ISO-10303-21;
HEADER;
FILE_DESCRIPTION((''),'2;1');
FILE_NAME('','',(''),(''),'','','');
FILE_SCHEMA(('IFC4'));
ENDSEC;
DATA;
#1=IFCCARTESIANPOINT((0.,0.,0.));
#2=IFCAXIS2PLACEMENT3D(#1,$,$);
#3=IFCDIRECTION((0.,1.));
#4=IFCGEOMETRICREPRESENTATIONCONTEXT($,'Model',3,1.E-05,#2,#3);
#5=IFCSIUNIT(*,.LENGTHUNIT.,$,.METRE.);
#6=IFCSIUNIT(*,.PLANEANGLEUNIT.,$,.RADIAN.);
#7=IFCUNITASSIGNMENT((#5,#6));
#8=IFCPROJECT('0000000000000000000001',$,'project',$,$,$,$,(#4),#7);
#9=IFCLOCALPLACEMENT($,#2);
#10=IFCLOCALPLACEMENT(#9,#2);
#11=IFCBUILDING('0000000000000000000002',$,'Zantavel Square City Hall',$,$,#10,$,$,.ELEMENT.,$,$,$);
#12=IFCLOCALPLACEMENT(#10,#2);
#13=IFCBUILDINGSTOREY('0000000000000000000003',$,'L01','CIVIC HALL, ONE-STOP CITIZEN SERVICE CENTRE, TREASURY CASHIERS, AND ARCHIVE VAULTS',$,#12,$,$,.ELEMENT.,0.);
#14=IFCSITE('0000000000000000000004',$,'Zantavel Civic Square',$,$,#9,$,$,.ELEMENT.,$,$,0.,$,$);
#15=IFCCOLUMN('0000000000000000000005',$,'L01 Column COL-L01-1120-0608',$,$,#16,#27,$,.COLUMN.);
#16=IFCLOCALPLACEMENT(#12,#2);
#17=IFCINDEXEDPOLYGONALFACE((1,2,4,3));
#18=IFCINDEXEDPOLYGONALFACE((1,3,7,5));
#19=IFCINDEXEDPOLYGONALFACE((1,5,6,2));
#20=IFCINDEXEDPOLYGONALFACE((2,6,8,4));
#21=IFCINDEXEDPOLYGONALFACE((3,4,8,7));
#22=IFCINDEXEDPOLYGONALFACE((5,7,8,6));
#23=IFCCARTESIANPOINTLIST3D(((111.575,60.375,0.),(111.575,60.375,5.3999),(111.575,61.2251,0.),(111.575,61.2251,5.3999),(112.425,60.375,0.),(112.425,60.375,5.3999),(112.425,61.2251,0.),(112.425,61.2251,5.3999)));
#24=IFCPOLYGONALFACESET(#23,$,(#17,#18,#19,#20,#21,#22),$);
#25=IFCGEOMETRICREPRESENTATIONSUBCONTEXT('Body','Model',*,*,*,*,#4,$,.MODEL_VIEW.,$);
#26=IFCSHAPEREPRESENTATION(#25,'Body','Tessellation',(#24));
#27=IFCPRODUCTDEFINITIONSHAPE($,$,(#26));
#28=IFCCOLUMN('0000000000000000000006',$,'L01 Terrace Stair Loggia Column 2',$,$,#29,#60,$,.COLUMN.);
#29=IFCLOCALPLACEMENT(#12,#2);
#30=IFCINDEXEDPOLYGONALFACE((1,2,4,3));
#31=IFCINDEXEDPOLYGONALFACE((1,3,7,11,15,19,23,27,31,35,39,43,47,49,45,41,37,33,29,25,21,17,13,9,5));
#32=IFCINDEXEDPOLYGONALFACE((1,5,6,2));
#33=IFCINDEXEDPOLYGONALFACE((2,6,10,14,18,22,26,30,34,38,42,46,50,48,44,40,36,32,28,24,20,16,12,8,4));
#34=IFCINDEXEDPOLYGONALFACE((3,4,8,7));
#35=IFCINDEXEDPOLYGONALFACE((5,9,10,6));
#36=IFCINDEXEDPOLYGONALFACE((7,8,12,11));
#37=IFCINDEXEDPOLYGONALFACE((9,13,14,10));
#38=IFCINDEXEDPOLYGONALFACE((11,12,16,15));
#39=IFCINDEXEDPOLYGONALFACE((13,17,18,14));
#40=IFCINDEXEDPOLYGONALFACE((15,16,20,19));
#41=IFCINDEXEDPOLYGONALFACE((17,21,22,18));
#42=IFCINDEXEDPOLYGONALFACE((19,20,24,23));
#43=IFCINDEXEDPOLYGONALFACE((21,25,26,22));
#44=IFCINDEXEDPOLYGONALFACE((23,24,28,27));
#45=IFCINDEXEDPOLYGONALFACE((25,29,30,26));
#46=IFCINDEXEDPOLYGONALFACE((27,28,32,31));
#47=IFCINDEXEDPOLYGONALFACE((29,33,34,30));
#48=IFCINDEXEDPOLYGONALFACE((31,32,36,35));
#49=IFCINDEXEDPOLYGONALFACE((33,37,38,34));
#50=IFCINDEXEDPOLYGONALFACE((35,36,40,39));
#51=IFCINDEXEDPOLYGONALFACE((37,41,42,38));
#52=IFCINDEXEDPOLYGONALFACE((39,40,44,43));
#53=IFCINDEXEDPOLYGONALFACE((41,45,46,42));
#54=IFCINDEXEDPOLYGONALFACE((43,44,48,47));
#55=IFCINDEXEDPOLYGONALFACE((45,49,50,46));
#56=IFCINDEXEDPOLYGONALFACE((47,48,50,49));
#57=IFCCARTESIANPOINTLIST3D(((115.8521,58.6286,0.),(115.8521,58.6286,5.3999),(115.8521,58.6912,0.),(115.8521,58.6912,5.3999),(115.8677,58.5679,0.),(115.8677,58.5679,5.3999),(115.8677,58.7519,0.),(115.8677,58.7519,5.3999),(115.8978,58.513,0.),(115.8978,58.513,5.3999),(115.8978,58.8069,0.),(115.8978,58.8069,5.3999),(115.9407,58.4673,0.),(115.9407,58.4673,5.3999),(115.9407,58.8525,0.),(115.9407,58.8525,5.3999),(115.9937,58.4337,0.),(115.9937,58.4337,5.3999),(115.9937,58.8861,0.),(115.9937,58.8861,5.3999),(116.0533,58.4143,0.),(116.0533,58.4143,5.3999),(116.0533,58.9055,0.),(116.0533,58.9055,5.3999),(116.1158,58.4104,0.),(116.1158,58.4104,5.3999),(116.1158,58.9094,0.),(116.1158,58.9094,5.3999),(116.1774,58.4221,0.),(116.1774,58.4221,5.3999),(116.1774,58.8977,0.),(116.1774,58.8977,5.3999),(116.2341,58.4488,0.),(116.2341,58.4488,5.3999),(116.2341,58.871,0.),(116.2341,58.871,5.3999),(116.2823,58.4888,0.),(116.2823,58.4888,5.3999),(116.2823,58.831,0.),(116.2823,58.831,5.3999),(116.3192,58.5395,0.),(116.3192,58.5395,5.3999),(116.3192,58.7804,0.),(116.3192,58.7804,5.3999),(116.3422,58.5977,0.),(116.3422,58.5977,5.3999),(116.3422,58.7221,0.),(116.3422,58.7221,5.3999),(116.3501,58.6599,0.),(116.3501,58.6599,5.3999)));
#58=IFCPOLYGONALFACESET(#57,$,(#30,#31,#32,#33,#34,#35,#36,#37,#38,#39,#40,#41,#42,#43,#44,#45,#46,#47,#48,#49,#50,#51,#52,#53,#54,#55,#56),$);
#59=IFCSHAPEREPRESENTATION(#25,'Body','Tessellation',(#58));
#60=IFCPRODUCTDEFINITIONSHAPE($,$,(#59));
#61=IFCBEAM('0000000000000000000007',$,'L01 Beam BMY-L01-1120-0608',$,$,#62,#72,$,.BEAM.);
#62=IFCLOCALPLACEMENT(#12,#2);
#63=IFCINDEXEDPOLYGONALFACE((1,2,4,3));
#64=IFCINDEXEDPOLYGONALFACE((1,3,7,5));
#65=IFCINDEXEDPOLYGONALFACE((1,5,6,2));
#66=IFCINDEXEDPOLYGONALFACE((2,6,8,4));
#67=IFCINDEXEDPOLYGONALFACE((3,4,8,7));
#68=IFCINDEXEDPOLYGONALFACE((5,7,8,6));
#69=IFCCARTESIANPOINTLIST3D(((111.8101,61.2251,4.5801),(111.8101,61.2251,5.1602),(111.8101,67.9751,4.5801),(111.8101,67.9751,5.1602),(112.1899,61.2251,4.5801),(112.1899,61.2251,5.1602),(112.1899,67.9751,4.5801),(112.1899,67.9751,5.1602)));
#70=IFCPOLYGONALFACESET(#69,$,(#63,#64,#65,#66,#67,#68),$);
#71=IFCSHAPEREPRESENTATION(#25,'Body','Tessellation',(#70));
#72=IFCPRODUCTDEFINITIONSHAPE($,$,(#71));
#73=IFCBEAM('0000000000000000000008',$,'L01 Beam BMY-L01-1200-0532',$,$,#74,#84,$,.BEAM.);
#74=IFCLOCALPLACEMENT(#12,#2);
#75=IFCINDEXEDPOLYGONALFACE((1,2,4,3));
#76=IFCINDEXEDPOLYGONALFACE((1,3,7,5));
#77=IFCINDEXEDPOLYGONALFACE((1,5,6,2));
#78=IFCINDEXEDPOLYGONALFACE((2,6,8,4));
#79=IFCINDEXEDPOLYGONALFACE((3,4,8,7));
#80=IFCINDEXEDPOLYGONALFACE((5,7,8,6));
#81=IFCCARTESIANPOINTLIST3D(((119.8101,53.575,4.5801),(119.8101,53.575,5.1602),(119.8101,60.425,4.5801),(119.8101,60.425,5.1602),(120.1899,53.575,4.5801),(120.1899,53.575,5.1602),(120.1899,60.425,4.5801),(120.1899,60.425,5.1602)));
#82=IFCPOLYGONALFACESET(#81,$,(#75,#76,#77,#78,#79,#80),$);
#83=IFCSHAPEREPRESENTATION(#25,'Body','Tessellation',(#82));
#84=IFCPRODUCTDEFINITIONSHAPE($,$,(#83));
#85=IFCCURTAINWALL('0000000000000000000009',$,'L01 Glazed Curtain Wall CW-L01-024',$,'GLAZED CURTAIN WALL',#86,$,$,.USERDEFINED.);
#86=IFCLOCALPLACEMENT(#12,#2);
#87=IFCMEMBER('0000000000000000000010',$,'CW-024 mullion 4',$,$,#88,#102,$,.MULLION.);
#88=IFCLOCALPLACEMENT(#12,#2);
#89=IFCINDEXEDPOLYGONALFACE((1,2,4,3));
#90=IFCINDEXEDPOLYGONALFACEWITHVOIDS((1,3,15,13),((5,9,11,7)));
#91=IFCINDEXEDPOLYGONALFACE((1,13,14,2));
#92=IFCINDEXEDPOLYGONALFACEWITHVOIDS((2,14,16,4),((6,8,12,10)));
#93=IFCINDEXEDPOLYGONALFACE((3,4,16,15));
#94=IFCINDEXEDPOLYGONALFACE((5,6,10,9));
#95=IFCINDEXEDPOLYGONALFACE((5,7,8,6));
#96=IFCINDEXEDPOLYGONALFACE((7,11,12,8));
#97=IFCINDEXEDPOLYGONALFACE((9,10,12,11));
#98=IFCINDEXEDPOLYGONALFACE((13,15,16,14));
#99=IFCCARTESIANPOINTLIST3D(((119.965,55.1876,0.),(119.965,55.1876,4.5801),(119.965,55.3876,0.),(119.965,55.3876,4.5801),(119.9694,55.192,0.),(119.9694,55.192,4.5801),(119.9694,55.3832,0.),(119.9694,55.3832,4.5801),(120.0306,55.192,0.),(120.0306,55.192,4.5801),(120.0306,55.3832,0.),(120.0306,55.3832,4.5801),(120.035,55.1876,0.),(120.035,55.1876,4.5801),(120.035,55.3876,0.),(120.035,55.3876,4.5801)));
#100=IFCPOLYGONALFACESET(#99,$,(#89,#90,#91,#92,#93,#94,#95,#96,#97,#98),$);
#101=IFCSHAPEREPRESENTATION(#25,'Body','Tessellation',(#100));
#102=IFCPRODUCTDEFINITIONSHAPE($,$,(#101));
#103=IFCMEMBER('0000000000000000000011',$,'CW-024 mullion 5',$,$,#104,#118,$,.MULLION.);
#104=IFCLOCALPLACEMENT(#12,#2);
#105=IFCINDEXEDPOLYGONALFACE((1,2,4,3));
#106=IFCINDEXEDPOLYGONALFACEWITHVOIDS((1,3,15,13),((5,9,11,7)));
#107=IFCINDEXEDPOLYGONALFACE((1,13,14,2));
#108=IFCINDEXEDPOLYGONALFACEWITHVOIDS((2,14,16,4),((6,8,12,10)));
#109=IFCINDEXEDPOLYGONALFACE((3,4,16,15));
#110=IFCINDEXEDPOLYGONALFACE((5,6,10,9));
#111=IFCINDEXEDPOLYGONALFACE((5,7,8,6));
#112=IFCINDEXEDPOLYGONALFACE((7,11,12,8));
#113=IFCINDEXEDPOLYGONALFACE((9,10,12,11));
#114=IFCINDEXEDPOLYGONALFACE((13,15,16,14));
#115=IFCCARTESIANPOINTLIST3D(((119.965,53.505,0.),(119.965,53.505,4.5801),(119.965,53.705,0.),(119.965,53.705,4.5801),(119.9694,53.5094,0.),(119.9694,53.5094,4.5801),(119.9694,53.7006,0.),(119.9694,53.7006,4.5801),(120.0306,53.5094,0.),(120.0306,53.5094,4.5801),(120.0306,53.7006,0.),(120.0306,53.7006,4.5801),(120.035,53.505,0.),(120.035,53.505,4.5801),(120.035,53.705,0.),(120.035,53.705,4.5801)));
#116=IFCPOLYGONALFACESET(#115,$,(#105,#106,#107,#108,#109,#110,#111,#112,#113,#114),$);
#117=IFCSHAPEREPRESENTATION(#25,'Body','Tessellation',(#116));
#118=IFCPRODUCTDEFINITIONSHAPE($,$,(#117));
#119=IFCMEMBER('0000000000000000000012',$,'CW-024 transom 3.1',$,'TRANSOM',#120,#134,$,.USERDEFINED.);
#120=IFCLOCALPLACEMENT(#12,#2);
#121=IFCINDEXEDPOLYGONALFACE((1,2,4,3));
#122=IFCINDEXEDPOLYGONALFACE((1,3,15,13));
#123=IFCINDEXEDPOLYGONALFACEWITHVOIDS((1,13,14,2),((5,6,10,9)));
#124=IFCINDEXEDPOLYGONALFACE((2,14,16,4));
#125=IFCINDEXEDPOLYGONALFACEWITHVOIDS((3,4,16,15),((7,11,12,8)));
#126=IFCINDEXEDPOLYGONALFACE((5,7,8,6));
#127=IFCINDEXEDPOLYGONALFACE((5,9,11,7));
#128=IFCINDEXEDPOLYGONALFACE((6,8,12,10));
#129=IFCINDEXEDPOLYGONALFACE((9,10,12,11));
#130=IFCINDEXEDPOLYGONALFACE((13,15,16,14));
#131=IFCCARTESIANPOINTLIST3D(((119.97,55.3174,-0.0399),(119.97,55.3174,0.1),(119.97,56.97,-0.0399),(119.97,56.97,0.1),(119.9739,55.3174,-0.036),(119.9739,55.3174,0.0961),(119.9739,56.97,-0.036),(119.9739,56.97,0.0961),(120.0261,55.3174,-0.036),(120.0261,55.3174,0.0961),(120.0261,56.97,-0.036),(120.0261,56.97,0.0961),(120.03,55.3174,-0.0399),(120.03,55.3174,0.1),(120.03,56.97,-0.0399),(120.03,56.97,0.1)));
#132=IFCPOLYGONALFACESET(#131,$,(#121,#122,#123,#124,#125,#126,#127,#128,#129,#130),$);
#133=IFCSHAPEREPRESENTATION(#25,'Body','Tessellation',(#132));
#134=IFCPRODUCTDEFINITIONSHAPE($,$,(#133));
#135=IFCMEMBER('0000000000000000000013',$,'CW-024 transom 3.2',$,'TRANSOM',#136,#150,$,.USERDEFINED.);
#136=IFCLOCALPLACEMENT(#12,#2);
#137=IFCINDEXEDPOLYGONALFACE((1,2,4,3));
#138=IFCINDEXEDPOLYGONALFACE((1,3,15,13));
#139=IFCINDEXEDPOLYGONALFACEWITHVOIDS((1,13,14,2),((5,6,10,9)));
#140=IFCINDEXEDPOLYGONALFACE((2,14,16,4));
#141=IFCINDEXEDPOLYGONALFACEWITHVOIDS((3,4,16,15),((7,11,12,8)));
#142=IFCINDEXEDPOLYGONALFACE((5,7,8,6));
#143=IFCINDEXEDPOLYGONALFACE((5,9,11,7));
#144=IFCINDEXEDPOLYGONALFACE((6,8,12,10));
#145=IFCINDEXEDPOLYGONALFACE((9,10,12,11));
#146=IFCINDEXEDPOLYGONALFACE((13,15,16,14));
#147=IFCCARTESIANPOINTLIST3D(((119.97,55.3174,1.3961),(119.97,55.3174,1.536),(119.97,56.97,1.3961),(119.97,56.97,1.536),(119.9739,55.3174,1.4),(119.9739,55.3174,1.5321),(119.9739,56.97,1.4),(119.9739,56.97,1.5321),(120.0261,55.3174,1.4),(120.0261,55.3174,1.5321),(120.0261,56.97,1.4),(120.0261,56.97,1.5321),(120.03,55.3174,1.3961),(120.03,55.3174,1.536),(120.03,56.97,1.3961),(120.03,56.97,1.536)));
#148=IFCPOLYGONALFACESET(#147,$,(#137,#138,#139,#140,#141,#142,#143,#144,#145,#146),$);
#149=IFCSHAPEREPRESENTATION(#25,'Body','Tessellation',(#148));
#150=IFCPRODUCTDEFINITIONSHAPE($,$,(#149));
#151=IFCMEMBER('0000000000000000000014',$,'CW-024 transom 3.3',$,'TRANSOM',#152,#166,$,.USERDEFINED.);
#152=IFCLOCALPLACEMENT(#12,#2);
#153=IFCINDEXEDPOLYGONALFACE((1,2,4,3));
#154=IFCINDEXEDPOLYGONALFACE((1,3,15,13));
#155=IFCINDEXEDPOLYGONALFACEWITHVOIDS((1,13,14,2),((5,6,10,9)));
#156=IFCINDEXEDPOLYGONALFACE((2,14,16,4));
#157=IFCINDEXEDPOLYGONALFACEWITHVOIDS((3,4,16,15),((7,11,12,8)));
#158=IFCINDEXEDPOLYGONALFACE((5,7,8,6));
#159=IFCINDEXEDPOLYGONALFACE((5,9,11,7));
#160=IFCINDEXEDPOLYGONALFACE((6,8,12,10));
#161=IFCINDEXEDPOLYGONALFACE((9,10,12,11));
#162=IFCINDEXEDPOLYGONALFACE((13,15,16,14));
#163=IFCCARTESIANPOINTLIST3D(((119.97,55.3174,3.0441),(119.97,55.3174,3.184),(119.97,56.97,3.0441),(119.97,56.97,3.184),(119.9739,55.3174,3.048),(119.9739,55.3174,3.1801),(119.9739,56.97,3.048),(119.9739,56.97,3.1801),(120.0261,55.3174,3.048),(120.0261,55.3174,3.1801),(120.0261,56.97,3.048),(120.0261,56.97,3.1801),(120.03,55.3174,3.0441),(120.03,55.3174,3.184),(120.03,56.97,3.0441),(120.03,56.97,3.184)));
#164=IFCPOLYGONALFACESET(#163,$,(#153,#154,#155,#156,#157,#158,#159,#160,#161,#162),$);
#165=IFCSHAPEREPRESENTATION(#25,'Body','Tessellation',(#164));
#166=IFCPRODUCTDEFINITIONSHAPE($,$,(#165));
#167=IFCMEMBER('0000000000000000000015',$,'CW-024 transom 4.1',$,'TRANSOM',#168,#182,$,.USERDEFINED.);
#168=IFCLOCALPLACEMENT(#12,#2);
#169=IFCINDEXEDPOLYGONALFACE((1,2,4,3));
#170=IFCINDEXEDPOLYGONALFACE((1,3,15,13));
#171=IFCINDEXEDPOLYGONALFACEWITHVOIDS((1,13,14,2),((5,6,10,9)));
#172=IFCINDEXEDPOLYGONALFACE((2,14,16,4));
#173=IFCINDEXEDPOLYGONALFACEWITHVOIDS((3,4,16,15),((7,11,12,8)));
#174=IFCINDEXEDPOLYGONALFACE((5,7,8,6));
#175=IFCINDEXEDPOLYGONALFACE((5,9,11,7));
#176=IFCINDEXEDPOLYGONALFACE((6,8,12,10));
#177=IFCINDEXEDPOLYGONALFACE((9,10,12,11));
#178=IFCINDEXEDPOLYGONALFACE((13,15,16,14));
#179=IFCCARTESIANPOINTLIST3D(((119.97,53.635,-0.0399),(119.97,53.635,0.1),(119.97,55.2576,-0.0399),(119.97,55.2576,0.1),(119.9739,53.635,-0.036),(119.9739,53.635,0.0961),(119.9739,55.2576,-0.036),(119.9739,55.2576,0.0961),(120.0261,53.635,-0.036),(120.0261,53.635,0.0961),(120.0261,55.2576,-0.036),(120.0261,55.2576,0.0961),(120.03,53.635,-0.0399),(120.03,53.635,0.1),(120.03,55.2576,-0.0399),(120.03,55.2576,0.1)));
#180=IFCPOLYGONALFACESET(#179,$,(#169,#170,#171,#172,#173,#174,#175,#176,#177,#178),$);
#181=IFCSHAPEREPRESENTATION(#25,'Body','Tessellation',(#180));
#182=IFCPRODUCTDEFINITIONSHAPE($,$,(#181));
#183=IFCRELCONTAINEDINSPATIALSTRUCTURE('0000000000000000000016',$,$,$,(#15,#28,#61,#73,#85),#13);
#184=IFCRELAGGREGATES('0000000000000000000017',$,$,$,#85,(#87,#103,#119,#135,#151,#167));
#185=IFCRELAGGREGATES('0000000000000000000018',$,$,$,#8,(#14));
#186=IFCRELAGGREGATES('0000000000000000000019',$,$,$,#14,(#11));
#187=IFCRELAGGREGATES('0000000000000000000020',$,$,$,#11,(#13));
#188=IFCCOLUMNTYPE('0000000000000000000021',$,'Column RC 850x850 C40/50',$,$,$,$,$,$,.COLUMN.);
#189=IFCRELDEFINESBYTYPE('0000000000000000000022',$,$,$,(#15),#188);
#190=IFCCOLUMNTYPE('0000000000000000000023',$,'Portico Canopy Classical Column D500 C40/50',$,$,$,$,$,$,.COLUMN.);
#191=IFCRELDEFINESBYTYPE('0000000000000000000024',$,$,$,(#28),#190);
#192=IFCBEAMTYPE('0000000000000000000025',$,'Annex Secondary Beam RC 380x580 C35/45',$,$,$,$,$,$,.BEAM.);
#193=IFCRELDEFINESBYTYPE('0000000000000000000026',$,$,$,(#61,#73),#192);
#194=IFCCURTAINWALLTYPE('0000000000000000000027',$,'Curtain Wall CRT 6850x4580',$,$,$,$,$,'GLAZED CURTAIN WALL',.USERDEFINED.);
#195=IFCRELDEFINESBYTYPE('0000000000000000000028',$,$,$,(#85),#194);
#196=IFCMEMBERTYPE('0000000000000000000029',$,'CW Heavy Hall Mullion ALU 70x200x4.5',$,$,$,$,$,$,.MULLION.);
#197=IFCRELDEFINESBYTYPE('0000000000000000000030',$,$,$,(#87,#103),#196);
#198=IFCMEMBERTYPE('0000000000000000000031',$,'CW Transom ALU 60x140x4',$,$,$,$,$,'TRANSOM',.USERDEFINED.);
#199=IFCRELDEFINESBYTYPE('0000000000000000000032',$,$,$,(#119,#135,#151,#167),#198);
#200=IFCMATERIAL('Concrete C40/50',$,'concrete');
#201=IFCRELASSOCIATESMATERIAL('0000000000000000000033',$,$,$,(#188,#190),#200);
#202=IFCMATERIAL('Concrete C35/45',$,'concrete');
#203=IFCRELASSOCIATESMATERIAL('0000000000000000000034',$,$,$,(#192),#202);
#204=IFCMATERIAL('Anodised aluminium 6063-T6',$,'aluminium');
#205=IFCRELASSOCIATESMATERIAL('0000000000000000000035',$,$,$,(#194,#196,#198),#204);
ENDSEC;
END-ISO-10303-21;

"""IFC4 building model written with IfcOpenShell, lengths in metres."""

from ifc_helpers import new_model, si_unit, direction, frame, origin, origin_2d, place, context, subcontext, project, spatial, rectangle, hollow_rectangle, circle, extrude, material, material_profile, profile_set, type_object, element, aggregate, save


model = new_model("IFC4")

# Units and contexts
model_context = context("Model", 3, precision=1e-05, world=origin(), true_north=direction((0.0, 1.0)))
body_context = subcontext(model_context, "Body", "Model", "MODEL_VIEW")
ifc_project = project(units=[si_unit("LENGTHUNIT", "METRE"), si_unit("PLANEANGLEUNIT", "RADIAN")], contexts=[model_context])

# Site, building, storey
site_placement = place(None, origin())
site = spatial("IfcSite", under=ifc_project, at=site_placement, Name="Zantavel Civic Square", CompositionType="ELEMENT", RefElevation=0.0)
building_placement = place(site_placement, origin())
building = spatial("IfcBuilding", under=site, at=building_placement, Name="Zantavel Square City Hall", CompositionType="ELEMENT")
storey_placement = place(building_placement, origin())
storey = spatial("IfcBuildingStorey", under=building, at=storey_placement, Name="L01", Description="CIVIC HALL, ONE-STOP CITIZEN SERVICE CENTRE, TREASURY CASHIERS, AND ARCHIVE VAULTS", CompositionType="ELEMENT", Elevation=0.0)

# Columns
ifc_material_1 = material(Name="Concrete C40/50", Category="concrete")
ifc_material_profile_1 = material_profile(ifc_material_1, rectangle(XDim=0.8501, YDim=0.8501, at=origin_2d()), Name="RC 850x850")
ifc_profile_set_1 = profile_set([ifc_material_profile_1], Name="Concrete C40/50")
column_type_1 = type_object("IfcColumnType", Name="Column RC 850x850 C40/50", PredefinedType="COLUMN", material=ifc_profile_set_1)
column_1_placement = place(storey_placement, frame((112.0, 60.8, 0.0), z_axis=(0.0, 0.0, 1.0), x_axis=(1.0, 0.0, 0.0)))
element("IfcColumn", 1, at=column_1_placement, inside=storey, type_object=column_type_1, Name="L01 Column COL-L01-1120-0608", PredefinedType="COLUMN", context=body_context, shape_type="SweptSolid", body=[
    extrude(rectangle(XDim=0.8501, YDim=0.8501, at=origin_2d()), origin(), (0.0, 0.0, 1.0), 5.3999),
])
ifc_material_profile_2 = material_profile(ifc_material_1, circle(Radius=0.25, at=origin_2d()), Name="ROUND D500")
ifc_profile_set_2 = profile_set([ifc_material_profile_2], Name="Concrete C40/50")
column_type_2 = type_object("IfcColumnType", Name="Portico Canopy Classical Column D500 C40/50", PredefinedType="COLUMN", material=ifc_profile_set_2)
column_2_placement = place(storey_placement, frame((116.1001, 58.6599, 0.0), z_axis=(0.0, 0.0, 1.0), x_axis=(1.0, 0.0, 0.0)))
element("IfcColumn", 2, at=column_2_placement, inside=storey, type_object=column_type_2, Name="L01 Terrace Stair Loggia Column 2", PredefinedType="COLUMN", context=body_context, shape_type="SweptSolid", body=[
    extrude(circle(Radius=0.25, at=origin_2d()), origin(), (0.0, 0.0, 1.0), 5.3999),
])

# Beams
ifc_material_2 = material(Name="Concrete C35/45", Category="concrete")
ifc_material_profile_3 = material_profile(ifc_material_2, rectangle(XDim=0.3799, YDim=0.5801, at=origin_2d()), Name="RC 380x580")
ifc_profile_set_3 = profile_set([ifc_material_profile_3], Name="Concrete C35/45")
beam_type_1 = type_object("IfcBeamType", Name="Annex Secondary Beam RC 380x580 C35/45", PredefinedType="BEAM", material=ifc_profile_set_3)
beam_1_placement = place(storey_placement, frame((112.0, 61.2251, 4.8701), z_axis=(0.0, 1.0, 0.0), x_axis=(-1.0, 0.0, 0.0)))
element("IfcBeam", 3, at=beam_1_placement, inside=storey, type_object=beam_type_1, Name="L01 Beam BMY-L01-1120-0608", PredefinedType="BEAM", context=body_context, shape_type="SweptSolid", body=[
    extrude(rectangle(XDim=0.3799, YDim=0.5801, at=origin_2d()), origin(), (0.0, 0.0, 1.0), 6.75),
])
beam_2_placement = place(storey_placement, frame((120.0, 53.575, 4.8701), z_axis=(0.0, 1.0, 0.0), x_axis=(-1.0, 0.0, 0.0)))
element("IfcBeam", 4, at=beam_2_placement, inside=storey, type_object=beam_type_1, Name="L01 Beam BMY-L01-1200-0532", PredefinedType="BEAM", context=body_context, shape_type="SweptSolid", body=[
    extrude(rectangle(XDim=0.3799, YDim=0.5801, at=origin_2d()), origin(), (0.0, 0.0, 1.0), 6.8501),
])

# Curtain wall, members
ifc_material_3 = material(Name="Anodised aluminium 6063-T6", Category="aluminium")
curtain_wall_type = type_object("IfcCurtainWallType", Name="Curtain Wall CRT 6850x4580", ElementType="GLAZED CURTAIN WALL", PredefinedType="USERDEFINED", material=ifc_material_3)
curtain_wall_placement = place(storey_placement, origin())
curtain_wall = element("IfcCurtainWall", 5, at=curtain_wall_placement, inside=storey, type_object=curtain_wall_type, Name="L01 Glazed Curtain Wall CW-L01-024", ObjectType="GLAZED CURTAIN WALL", PredefinedType="USERDEFINED")
ifc_material_profile_4 = material_profile(ifc_material_3, hollow_rectangle(XDim=0.0701, YDim=0.2, WallThickness=0.0044, at=origin_2d()), Name="ALU 70x200x4.5")
ifc_profile_set_4 = profile_set([ifc_material_profile_4], Name="Anodised aluminium 6063-T6")
member_type_1 = type_object("IfcMemberType", Name="CW Heavy Hall Mullion ALU 70x200x4.5", PredefinedType="MULLION", material=ifc_profile_set_4)
member_1_placement = place(storey_placement, frame((120.0, 55.2876, 0.0), z_axis=(0.0, 0.0, 1.0), x_axis=(1.0, 0.0, 0.0)))
member_1 = element("IfcMember", 6, at=member_1_placement, type_object=member_type_1, Name="CW-024 mullion 4", PredefinedType="MULLION", context=body_context, shape_type="SweptSolid", body=[
    extrude(hollow_rectangle(XDim=0.0701, YDim=0.2, WallThickness=0.0044, at=origin_2d()), origin(), (0.0, 0.0, 1.0), 4.5801),
])
member_2_placement = place(storey_placement, frame((120.0, 53.605, 0.0), z_axis=(0.0, 0.0, 1.0), x_axis=(1.0, 0.0, 0.0)))
member_2 = element("IfcMember", 7, at=member_2_placement, type_object=member_type_1, Name="CW-024 mullion 5", PredefinedType="MULLION", context=body_context, shape_type="SweptSolid", body=[
    extrude(hollow_rectangle(XDim=0.0701, YDim=0.2, WallThickness=0.0044, at=origin_2d()), origin(), (0.0, 0.0, 1.0), 4.5801),
])
ifc_material_profile_5 = material_profile(ifc_material_3, hollow_rectangle(XDim=0.0601, YDim=0.1399, WallThickness=0.0039, at=origin_2d()), Name="ALU 60x140x4")
ifc_profile_set_5 = profile_set([ifc_material_profile_5], Name="Anodised aluminium 6063-T6")
member_type_2 = type_object("IfcMemberType", Name="CW Transom ALU 60x140x4", ElementType="TRANSOM", PredefinedType="USERDEFINED", material=ifc_profile_set_5)
member_3_placement = place(storey_placement, frame((120.0, 56.97, 0.03), z_axis=(0.0, -1.0, 0.0), x_axis=(1.0, 0.0, 0.0)))
member_3 = element("IfcMember", 8, at=member_3_placement, type_object=member_type_2, Name="CW-024 transom 3.1", ObjectType="TRANSOM", PredefinedType="USERDEFINED", context=body_context, shape_type="SweptSolid", body=[
    extrude(hollow_rectangle(XDim=0.0601, YDim=0.1399, WallThickness=0.0039, at=origin_2d()), origin(), (0.0, 0.0, 1.0), 1.6526),
])
member_4_placement = place(storey_placement, frame((120.0, 56.97, 1.4661), z_axis=(0.0, -1.0, 0.0), x_axis=(1.0, 0.0, 0.0)))
member_4 = element("IfcMember", 9, at=member_4_placement, type_object=member_type_2, Name="CW-024 transom 3.2", ObjectType="TRANSOM", PredefinedType="USERDEFINED", context=body_context, shape_type="SweptSolid", body=[
    extrude(hollow_rectangle(XDim=0.0601, YDim=0.1399, WallThickness=0.0039, at=origin_2d()), origin(), (0.0, 0.0, 1.0), 1.6526),
])
member_5_placement = place(storey_placement, frame((120.0, 56.97, 3.114), z_axis=(0.0, -1.0, 0.0), x_axis=(1.0, 0.0, 0.0)))
member_5 = element("IfcMember", 10, at=member_5_placement, type_object=member_type_2, Name="CW-024 transom 3.3", ObjectType="TRANSOM", PredefinedType="USERDEFINED", context=body_context, shape_type="SweptSolid", body=[
    extrude(hollow_rectangle(XDim=0.0601, YDim=0.1399, WallThickness=0.0039, at=origin_2d()), origin(), (0.0, 0.0, 1.0), 1.6526),
])
member_6_placement = place(storey_placement, frame((120.0, 55.2576, 0.03), z_axis=(0.0, -1.0, 0.0), x_axis=(1.0, 0.0, 0.0)))
member_6 = element("IfcMember", 11, at=member_6_placement, type_object=member_type_2, Name="CW-024 transom 4.1", ObjectType="TRANSOM", PredefinedType="USERDEFINED", context=body_context, shape_type="SweptSolid", body=[
    extrude(hollow_rectangle(XDim=0.0601, YDim=0.1399, WallThickness=0.0039, at=origin_2d()), origin(), (0.0, 0.0, 1.0), 1.6226),
])

aggregate(curtain_wall, [member_1, member_2, member_3, member_4, member_5, member_6])

save(model, "model.ifc")
